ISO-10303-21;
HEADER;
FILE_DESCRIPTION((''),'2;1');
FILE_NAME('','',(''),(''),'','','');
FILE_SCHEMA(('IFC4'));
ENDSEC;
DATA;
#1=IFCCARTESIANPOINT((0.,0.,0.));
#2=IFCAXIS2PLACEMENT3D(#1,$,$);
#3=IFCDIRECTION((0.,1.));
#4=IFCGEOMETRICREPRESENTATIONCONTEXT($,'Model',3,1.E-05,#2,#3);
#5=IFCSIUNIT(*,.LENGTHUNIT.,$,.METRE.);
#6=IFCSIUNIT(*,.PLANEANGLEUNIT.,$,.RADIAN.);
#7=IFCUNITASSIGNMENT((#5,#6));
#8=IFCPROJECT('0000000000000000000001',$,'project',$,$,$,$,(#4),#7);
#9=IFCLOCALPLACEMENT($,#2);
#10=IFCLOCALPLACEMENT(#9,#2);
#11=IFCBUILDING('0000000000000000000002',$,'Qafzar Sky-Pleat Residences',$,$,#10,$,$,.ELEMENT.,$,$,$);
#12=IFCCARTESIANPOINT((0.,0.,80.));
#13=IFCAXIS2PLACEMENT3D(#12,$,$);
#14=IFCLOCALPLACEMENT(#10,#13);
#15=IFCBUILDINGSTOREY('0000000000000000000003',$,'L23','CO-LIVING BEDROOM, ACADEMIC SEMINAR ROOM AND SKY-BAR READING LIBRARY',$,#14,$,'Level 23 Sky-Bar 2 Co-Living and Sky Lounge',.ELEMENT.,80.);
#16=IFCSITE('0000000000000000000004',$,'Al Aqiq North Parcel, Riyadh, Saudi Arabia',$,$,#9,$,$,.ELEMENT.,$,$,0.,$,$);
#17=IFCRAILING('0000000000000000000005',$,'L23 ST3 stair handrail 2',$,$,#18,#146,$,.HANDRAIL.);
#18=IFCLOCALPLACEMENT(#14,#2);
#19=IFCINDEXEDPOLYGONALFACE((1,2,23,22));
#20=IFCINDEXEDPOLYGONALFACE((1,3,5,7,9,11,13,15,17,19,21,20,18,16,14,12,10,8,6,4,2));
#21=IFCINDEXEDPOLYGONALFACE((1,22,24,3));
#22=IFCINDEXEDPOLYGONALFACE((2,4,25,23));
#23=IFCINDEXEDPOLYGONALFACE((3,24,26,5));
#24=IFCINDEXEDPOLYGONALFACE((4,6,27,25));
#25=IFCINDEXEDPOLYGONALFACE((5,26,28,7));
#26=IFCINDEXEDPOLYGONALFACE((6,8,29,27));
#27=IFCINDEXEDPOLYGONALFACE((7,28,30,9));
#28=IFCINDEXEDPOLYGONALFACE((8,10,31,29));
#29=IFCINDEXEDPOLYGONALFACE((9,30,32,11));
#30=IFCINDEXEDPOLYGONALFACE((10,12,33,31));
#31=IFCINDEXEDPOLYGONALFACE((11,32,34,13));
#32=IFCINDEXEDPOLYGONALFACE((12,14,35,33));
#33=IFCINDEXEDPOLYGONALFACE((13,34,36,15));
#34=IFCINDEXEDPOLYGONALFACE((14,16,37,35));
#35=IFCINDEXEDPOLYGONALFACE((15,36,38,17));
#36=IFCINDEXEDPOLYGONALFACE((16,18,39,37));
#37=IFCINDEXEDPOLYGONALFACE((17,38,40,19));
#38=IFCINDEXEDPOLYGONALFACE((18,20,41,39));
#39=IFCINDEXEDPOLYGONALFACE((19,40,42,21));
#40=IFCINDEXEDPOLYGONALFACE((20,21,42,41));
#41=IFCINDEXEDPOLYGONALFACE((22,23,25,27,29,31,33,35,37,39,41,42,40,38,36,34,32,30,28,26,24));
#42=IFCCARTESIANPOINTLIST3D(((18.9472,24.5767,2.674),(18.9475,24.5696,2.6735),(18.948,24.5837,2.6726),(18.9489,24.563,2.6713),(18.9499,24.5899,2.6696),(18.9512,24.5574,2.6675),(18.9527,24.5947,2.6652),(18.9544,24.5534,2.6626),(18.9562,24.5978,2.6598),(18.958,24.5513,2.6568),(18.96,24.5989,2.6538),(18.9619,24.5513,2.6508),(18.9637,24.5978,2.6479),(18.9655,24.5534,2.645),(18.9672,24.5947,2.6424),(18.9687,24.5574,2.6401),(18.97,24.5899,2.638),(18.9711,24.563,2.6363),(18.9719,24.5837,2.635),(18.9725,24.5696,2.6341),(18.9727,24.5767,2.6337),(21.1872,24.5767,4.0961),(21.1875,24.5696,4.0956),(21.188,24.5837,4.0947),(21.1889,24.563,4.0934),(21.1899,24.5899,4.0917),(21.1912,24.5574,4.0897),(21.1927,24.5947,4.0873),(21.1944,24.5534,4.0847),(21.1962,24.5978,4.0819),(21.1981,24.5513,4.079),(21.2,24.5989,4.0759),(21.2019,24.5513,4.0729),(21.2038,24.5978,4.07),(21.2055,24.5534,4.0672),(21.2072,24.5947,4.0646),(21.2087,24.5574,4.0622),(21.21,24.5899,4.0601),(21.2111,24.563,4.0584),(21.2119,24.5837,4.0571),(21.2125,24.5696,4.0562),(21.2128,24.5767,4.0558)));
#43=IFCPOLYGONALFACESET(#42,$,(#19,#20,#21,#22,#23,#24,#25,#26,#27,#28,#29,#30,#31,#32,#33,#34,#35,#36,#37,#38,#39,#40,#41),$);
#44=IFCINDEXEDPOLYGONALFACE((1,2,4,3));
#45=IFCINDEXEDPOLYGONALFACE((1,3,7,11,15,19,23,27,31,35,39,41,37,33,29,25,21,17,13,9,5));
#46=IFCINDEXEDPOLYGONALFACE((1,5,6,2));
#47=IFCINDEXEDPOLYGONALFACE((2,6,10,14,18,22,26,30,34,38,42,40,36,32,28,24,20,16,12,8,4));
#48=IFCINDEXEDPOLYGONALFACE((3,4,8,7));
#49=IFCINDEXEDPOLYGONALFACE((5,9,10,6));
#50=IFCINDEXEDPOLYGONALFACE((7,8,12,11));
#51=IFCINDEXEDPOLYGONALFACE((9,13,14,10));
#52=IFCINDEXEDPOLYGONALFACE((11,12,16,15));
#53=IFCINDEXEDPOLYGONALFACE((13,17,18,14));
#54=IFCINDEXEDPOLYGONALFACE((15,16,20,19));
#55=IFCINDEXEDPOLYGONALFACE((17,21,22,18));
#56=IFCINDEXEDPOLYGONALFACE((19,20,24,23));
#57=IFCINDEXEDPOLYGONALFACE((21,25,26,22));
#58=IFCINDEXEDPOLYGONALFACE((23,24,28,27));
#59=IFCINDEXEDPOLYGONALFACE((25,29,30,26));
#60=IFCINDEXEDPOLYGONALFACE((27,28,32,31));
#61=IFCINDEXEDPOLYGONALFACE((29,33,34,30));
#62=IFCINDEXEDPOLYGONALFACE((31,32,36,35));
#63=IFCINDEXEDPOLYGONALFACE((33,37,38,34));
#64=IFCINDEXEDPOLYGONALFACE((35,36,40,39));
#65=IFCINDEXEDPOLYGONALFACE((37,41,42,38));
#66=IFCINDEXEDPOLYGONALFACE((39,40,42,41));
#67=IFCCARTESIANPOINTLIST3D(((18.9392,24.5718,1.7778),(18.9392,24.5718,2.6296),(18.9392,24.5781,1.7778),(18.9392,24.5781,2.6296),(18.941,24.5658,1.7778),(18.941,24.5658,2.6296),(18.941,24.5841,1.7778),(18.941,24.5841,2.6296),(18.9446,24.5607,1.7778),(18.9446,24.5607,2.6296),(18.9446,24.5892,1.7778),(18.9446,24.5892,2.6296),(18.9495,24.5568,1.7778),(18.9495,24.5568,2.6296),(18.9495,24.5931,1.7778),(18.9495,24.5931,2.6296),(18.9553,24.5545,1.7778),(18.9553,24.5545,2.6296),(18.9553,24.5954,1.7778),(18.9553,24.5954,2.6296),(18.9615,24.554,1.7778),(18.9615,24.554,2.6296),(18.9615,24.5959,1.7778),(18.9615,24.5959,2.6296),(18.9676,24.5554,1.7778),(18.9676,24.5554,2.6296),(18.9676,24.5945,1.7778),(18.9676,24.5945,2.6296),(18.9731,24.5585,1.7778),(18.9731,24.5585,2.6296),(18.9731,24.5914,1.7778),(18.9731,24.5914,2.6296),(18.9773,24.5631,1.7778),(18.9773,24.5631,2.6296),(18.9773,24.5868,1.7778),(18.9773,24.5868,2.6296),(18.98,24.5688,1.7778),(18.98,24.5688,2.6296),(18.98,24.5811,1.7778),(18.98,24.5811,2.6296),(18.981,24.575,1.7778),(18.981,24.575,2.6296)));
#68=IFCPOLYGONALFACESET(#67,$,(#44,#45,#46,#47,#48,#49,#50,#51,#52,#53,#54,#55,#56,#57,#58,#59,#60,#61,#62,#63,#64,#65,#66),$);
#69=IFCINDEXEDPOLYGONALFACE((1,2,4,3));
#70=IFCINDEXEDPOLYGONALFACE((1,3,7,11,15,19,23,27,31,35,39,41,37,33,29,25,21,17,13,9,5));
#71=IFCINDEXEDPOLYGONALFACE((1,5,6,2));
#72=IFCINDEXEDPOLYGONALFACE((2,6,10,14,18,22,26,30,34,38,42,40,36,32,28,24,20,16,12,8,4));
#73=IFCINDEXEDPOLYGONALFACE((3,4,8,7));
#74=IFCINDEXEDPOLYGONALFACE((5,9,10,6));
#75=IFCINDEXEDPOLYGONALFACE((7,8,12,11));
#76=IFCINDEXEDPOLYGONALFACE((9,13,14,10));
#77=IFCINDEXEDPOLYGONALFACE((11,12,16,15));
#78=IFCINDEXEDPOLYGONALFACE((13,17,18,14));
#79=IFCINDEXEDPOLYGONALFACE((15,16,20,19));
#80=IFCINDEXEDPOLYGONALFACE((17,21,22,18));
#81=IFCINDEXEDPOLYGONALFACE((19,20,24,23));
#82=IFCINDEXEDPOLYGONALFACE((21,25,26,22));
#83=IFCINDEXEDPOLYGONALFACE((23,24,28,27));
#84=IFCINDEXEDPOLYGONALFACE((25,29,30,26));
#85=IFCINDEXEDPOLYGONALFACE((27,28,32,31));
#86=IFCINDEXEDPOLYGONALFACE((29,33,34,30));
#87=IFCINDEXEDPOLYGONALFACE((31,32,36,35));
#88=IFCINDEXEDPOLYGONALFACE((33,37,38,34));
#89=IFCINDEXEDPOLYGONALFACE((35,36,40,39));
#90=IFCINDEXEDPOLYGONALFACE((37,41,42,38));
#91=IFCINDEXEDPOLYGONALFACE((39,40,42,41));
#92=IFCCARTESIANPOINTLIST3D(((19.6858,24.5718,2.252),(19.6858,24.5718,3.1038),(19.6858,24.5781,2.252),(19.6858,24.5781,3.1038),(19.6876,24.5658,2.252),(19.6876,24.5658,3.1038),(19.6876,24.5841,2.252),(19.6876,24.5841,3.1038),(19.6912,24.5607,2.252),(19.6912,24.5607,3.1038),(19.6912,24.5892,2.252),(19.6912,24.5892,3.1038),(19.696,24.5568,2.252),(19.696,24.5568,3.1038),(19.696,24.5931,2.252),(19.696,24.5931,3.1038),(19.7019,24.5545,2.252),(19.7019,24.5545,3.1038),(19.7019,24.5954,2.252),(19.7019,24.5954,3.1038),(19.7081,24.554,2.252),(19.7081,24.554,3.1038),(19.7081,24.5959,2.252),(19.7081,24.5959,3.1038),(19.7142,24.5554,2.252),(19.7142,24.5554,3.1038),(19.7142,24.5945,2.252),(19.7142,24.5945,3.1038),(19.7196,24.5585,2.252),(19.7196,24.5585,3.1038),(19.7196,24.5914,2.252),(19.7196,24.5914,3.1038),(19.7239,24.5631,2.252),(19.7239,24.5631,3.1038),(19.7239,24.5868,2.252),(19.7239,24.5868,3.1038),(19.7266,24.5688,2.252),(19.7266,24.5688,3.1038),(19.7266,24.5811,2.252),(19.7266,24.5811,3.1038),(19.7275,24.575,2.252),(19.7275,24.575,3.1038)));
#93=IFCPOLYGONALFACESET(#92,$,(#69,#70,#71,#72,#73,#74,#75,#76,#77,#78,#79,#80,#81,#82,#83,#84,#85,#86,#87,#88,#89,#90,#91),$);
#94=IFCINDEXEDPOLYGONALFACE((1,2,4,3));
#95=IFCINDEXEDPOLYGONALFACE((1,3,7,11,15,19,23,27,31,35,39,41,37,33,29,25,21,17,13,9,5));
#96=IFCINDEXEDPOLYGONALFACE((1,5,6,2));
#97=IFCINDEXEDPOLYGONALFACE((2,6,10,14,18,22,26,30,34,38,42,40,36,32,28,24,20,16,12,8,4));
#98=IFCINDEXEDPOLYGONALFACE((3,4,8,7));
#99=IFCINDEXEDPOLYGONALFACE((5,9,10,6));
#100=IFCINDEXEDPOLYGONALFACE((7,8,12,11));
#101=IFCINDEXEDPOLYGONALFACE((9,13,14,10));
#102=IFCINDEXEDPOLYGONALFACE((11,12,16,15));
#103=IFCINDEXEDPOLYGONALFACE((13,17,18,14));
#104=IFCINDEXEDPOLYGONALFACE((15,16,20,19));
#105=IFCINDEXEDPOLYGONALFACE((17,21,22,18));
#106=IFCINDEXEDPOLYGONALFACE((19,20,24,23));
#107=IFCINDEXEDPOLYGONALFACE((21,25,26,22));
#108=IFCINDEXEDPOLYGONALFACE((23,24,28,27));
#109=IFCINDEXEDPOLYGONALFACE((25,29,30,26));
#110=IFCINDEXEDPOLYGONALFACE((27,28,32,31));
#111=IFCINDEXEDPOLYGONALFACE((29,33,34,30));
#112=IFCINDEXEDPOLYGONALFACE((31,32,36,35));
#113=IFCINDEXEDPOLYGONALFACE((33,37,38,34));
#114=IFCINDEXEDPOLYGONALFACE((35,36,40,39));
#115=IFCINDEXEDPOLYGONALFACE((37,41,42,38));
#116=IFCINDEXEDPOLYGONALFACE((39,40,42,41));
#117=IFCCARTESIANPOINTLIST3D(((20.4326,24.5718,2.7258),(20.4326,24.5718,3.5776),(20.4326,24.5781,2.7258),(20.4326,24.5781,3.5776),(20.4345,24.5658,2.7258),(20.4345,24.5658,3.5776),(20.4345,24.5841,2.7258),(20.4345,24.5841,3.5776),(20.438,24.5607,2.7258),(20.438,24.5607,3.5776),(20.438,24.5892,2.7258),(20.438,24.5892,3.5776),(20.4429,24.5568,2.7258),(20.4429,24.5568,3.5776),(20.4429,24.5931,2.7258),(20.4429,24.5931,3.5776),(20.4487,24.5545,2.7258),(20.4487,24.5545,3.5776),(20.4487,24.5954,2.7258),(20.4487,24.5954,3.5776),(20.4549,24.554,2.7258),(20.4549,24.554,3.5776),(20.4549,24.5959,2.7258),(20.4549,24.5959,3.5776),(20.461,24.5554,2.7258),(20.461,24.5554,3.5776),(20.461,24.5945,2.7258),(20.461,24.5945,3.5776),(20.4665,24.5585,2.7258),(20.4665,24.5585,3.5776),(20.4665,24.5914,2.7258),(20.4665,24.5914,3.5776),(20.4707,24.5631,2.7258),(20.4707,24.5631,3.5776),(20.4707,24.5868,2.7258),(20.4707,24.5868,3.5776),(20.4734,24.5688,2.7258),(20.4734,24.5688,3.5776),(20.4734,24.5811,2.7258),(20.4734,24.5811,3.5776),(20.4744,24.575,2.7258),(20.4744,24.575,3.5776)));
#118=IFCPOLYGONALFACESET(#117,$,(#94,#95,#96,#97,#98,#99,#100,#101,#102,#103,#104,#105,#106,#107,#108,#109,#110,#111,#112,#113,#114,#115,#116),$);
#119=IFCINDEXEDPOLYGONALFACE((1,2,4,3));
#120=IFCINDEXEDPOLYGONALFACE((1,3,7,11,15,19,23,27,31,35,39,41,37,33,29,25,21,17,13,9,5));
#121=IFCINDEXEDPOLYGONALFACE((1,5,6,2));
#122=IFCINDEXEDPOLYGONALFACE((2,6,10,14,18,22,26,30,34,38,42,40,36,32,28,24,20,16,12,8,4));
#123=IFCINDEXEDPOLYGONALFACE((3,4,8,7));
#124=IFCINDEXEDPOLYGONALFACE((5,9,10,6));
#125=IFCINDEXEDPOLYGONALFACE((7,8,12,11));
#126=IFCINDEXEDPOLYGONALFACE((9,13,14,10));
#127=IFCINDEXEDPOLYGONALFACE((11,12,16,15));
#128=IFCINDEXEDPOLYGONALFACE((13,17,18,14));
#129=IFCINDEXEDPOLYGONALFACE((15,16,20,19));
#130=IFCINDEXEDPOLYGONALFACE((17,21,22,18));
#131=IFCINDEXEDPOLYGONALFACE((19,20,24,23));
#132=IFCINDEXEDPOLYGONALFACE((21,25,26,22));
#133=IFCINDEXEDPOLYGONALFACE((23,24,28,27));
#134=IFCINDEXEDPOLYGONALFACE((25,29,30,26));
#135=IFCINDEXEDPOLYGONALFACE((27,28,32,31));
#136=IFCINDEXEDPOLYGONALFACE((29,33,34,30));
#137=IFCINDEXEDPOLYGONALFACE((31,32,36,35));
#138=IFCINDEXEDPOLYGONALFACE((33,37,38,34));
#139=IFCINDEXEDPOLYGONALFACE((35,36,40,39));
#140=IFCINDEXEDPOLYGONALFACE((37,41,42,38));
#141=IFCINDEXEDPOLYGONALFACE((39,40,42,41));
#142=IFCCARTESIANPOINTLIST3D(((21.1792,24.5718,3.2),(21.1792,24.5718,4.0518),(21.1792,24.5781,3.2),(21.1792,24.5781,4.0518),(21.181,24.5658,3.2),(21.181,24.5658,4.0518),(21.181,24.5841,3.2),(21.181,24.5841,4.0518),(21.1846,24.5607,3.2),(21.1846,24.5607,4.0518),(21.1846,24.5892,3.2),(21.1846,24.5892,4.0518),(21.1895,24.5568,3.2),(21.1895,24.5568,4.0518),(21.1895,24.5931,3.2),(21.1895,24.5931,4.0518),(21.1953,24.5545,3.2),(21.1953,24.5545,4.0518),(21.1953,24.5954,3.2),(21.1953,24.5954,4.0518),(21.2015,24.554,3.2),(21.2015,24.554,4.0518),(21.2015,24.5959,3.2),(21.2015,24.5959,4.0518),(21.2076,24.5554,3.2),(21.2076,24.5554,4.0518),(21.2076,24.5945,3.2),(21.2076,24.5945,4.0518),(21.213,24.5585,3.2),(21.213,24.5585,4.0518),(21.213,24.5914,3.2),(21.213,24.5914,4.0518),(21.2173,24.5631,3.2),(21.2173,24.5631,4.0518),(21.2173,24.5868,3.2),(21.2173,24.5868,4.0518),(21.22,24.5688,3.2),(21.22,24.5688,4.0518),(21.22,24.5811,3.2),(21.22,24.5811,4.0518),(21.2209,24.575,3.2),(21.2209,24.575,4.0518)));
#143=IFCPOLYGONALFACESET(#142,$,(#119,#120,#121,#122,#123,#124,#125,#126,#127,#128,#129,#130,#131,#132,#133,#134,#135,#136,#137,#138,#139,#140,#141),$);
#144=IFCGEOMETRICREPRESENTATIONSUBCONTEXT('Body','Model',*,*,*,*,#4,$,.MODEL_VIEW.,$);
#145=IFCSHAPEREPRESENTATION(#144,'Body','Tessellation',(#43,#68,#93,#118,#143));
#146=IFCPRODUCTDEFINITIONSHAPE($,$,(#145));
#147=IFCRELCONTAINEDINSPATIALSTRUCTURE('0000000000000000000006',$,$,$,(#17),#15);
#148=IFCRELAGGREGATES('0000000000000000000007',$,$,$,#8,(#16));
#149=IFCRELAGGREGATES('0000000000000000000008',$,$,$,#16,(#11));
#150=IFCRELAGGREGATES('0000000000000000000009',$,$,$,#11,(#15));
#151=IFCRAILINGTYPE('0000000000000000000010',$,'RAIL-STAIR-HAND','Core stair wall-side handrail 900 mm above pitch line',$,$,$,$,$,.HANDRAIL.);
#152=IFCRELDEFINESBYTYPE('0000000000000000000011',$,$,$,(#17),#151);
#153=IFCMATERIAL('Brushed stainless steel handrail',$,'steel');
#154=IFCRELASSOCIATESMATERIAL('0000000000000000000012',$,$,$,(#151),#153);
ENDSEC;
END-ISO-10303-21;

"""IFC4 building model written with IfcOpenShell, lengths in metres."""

from ifc_helpers import new_model, si_unit, direction, frame, origin, origin_2d, place, context, subcontext, project, spatial, circle, extrude, source, transform, mapped, material, type_object, element, save


model = new_model("IFC4")

# Units and contexts
model_context = context("Model", 3, precision=1e-05, world=origin(), true_north=direction((0.0, 1.0)))
body_context = subcontext(model_context, "Body", "Model", "MODEL_VIEW")
ifc_project = project(units=[si_unit("LENGTHUNIT", "METRE"), si_unit("PLANEANGLEUNIT", "RADIAN")], contexts=[model_context])

# Site, building, storey
site_placement = place(None, origin())
site = spatial("IfcSite", under=ifc_project, at=site_placement, Name="Al Aqiq North Parcel, Riyadh, Saudi Arabia", CompositionType="ELEMENT", RefElevation=0.0)
building_placement = place(site_placement, origin())
building = spatial("IfcBuilding", under=site, at=building_placement, Name="Qafzar Sky-Pleat Residences", CompositionType="ELEMENT")
storey_placement = place(building_placement, frame((0.0, 0.0, 80.0)))
storey = spatial("IfcBuildingStorey", under=building, at=storey_placement, Name="L23", Description="CO-LIVING BEDROOM, ACADEMIC SEMINAR ROOM AND SKY-BAR READING LIBRARY", LongName="Level 23 Sky-Bar 2 Co-Living and Sky Lounge", CompositionType="ELEMENT", Elevation=80.0)

# Railing
ifc_material_1 = material(Name="Brushed stainless steel handrail", Category="steel")
railing_type_1 = type_object("IfcRailingType", Name="RAIL-STAIR-HAND", Description="Core stair wall-side handrail 900 mm above pitch line", PredefinedType="HANDRAIL", material=ifc_material_1)
shared_shape_1 = source(origin(), body_context, "Body", "SweptSolid", [
    extrude(circle(Radius=0.0239, at=origin_2d()), frame((0.0, 0.0, 0.876), z_axis=(0.844229, 0.0, 0.535982), x_axis=(0.0, 1.0, 0.0)), (0.0, 0.0, 1.0), 2.6533),
    extrude(circle(Radius=0.021, at=origin_2d()), origin(), (0.0, 0.0, 1.0), 0.8518),
    extrude(circle(Radius=0.021, at=origin_2d()), frame((0.7466, 0.0, 0.4741)), (0.0, 0.0, 1.0), 0.8518),
    extrude(circle(Radius=0.021, at=origin_2d()), frame((1.4934, 0.0, 0.948)), (0.0, 0.0, 1.0), 0.8518),
    extrude(circle(Radius=0.021, at=origin_2d()), frame((2.24, 0.0, 1.4221)), (0.0, 0.0, 1.0), 0.8518),
])
railing_1_placement = place(storey_placement, frame((18.96, 24.575, 1.7778)))
element("IfcRailing", 1, at=railing_1_placement, inside=storey, type_object=railing_type_1, Name="L23 ST3 stair handrail 2", PredefinedType="HANDRAIL", context=body_context, shape_type="MappedRepresentation", body=[
    mapped(shared_shape_1, transform((0.0, 0.0, 0.0), x_axis=(1.0, 0.0, 0.0), y_axis=(0.0, 1.0, 0.0), z_axis=(0.0, 0.0, 1.0), scale=1.0)),
])

save(model, "model.ifc")
